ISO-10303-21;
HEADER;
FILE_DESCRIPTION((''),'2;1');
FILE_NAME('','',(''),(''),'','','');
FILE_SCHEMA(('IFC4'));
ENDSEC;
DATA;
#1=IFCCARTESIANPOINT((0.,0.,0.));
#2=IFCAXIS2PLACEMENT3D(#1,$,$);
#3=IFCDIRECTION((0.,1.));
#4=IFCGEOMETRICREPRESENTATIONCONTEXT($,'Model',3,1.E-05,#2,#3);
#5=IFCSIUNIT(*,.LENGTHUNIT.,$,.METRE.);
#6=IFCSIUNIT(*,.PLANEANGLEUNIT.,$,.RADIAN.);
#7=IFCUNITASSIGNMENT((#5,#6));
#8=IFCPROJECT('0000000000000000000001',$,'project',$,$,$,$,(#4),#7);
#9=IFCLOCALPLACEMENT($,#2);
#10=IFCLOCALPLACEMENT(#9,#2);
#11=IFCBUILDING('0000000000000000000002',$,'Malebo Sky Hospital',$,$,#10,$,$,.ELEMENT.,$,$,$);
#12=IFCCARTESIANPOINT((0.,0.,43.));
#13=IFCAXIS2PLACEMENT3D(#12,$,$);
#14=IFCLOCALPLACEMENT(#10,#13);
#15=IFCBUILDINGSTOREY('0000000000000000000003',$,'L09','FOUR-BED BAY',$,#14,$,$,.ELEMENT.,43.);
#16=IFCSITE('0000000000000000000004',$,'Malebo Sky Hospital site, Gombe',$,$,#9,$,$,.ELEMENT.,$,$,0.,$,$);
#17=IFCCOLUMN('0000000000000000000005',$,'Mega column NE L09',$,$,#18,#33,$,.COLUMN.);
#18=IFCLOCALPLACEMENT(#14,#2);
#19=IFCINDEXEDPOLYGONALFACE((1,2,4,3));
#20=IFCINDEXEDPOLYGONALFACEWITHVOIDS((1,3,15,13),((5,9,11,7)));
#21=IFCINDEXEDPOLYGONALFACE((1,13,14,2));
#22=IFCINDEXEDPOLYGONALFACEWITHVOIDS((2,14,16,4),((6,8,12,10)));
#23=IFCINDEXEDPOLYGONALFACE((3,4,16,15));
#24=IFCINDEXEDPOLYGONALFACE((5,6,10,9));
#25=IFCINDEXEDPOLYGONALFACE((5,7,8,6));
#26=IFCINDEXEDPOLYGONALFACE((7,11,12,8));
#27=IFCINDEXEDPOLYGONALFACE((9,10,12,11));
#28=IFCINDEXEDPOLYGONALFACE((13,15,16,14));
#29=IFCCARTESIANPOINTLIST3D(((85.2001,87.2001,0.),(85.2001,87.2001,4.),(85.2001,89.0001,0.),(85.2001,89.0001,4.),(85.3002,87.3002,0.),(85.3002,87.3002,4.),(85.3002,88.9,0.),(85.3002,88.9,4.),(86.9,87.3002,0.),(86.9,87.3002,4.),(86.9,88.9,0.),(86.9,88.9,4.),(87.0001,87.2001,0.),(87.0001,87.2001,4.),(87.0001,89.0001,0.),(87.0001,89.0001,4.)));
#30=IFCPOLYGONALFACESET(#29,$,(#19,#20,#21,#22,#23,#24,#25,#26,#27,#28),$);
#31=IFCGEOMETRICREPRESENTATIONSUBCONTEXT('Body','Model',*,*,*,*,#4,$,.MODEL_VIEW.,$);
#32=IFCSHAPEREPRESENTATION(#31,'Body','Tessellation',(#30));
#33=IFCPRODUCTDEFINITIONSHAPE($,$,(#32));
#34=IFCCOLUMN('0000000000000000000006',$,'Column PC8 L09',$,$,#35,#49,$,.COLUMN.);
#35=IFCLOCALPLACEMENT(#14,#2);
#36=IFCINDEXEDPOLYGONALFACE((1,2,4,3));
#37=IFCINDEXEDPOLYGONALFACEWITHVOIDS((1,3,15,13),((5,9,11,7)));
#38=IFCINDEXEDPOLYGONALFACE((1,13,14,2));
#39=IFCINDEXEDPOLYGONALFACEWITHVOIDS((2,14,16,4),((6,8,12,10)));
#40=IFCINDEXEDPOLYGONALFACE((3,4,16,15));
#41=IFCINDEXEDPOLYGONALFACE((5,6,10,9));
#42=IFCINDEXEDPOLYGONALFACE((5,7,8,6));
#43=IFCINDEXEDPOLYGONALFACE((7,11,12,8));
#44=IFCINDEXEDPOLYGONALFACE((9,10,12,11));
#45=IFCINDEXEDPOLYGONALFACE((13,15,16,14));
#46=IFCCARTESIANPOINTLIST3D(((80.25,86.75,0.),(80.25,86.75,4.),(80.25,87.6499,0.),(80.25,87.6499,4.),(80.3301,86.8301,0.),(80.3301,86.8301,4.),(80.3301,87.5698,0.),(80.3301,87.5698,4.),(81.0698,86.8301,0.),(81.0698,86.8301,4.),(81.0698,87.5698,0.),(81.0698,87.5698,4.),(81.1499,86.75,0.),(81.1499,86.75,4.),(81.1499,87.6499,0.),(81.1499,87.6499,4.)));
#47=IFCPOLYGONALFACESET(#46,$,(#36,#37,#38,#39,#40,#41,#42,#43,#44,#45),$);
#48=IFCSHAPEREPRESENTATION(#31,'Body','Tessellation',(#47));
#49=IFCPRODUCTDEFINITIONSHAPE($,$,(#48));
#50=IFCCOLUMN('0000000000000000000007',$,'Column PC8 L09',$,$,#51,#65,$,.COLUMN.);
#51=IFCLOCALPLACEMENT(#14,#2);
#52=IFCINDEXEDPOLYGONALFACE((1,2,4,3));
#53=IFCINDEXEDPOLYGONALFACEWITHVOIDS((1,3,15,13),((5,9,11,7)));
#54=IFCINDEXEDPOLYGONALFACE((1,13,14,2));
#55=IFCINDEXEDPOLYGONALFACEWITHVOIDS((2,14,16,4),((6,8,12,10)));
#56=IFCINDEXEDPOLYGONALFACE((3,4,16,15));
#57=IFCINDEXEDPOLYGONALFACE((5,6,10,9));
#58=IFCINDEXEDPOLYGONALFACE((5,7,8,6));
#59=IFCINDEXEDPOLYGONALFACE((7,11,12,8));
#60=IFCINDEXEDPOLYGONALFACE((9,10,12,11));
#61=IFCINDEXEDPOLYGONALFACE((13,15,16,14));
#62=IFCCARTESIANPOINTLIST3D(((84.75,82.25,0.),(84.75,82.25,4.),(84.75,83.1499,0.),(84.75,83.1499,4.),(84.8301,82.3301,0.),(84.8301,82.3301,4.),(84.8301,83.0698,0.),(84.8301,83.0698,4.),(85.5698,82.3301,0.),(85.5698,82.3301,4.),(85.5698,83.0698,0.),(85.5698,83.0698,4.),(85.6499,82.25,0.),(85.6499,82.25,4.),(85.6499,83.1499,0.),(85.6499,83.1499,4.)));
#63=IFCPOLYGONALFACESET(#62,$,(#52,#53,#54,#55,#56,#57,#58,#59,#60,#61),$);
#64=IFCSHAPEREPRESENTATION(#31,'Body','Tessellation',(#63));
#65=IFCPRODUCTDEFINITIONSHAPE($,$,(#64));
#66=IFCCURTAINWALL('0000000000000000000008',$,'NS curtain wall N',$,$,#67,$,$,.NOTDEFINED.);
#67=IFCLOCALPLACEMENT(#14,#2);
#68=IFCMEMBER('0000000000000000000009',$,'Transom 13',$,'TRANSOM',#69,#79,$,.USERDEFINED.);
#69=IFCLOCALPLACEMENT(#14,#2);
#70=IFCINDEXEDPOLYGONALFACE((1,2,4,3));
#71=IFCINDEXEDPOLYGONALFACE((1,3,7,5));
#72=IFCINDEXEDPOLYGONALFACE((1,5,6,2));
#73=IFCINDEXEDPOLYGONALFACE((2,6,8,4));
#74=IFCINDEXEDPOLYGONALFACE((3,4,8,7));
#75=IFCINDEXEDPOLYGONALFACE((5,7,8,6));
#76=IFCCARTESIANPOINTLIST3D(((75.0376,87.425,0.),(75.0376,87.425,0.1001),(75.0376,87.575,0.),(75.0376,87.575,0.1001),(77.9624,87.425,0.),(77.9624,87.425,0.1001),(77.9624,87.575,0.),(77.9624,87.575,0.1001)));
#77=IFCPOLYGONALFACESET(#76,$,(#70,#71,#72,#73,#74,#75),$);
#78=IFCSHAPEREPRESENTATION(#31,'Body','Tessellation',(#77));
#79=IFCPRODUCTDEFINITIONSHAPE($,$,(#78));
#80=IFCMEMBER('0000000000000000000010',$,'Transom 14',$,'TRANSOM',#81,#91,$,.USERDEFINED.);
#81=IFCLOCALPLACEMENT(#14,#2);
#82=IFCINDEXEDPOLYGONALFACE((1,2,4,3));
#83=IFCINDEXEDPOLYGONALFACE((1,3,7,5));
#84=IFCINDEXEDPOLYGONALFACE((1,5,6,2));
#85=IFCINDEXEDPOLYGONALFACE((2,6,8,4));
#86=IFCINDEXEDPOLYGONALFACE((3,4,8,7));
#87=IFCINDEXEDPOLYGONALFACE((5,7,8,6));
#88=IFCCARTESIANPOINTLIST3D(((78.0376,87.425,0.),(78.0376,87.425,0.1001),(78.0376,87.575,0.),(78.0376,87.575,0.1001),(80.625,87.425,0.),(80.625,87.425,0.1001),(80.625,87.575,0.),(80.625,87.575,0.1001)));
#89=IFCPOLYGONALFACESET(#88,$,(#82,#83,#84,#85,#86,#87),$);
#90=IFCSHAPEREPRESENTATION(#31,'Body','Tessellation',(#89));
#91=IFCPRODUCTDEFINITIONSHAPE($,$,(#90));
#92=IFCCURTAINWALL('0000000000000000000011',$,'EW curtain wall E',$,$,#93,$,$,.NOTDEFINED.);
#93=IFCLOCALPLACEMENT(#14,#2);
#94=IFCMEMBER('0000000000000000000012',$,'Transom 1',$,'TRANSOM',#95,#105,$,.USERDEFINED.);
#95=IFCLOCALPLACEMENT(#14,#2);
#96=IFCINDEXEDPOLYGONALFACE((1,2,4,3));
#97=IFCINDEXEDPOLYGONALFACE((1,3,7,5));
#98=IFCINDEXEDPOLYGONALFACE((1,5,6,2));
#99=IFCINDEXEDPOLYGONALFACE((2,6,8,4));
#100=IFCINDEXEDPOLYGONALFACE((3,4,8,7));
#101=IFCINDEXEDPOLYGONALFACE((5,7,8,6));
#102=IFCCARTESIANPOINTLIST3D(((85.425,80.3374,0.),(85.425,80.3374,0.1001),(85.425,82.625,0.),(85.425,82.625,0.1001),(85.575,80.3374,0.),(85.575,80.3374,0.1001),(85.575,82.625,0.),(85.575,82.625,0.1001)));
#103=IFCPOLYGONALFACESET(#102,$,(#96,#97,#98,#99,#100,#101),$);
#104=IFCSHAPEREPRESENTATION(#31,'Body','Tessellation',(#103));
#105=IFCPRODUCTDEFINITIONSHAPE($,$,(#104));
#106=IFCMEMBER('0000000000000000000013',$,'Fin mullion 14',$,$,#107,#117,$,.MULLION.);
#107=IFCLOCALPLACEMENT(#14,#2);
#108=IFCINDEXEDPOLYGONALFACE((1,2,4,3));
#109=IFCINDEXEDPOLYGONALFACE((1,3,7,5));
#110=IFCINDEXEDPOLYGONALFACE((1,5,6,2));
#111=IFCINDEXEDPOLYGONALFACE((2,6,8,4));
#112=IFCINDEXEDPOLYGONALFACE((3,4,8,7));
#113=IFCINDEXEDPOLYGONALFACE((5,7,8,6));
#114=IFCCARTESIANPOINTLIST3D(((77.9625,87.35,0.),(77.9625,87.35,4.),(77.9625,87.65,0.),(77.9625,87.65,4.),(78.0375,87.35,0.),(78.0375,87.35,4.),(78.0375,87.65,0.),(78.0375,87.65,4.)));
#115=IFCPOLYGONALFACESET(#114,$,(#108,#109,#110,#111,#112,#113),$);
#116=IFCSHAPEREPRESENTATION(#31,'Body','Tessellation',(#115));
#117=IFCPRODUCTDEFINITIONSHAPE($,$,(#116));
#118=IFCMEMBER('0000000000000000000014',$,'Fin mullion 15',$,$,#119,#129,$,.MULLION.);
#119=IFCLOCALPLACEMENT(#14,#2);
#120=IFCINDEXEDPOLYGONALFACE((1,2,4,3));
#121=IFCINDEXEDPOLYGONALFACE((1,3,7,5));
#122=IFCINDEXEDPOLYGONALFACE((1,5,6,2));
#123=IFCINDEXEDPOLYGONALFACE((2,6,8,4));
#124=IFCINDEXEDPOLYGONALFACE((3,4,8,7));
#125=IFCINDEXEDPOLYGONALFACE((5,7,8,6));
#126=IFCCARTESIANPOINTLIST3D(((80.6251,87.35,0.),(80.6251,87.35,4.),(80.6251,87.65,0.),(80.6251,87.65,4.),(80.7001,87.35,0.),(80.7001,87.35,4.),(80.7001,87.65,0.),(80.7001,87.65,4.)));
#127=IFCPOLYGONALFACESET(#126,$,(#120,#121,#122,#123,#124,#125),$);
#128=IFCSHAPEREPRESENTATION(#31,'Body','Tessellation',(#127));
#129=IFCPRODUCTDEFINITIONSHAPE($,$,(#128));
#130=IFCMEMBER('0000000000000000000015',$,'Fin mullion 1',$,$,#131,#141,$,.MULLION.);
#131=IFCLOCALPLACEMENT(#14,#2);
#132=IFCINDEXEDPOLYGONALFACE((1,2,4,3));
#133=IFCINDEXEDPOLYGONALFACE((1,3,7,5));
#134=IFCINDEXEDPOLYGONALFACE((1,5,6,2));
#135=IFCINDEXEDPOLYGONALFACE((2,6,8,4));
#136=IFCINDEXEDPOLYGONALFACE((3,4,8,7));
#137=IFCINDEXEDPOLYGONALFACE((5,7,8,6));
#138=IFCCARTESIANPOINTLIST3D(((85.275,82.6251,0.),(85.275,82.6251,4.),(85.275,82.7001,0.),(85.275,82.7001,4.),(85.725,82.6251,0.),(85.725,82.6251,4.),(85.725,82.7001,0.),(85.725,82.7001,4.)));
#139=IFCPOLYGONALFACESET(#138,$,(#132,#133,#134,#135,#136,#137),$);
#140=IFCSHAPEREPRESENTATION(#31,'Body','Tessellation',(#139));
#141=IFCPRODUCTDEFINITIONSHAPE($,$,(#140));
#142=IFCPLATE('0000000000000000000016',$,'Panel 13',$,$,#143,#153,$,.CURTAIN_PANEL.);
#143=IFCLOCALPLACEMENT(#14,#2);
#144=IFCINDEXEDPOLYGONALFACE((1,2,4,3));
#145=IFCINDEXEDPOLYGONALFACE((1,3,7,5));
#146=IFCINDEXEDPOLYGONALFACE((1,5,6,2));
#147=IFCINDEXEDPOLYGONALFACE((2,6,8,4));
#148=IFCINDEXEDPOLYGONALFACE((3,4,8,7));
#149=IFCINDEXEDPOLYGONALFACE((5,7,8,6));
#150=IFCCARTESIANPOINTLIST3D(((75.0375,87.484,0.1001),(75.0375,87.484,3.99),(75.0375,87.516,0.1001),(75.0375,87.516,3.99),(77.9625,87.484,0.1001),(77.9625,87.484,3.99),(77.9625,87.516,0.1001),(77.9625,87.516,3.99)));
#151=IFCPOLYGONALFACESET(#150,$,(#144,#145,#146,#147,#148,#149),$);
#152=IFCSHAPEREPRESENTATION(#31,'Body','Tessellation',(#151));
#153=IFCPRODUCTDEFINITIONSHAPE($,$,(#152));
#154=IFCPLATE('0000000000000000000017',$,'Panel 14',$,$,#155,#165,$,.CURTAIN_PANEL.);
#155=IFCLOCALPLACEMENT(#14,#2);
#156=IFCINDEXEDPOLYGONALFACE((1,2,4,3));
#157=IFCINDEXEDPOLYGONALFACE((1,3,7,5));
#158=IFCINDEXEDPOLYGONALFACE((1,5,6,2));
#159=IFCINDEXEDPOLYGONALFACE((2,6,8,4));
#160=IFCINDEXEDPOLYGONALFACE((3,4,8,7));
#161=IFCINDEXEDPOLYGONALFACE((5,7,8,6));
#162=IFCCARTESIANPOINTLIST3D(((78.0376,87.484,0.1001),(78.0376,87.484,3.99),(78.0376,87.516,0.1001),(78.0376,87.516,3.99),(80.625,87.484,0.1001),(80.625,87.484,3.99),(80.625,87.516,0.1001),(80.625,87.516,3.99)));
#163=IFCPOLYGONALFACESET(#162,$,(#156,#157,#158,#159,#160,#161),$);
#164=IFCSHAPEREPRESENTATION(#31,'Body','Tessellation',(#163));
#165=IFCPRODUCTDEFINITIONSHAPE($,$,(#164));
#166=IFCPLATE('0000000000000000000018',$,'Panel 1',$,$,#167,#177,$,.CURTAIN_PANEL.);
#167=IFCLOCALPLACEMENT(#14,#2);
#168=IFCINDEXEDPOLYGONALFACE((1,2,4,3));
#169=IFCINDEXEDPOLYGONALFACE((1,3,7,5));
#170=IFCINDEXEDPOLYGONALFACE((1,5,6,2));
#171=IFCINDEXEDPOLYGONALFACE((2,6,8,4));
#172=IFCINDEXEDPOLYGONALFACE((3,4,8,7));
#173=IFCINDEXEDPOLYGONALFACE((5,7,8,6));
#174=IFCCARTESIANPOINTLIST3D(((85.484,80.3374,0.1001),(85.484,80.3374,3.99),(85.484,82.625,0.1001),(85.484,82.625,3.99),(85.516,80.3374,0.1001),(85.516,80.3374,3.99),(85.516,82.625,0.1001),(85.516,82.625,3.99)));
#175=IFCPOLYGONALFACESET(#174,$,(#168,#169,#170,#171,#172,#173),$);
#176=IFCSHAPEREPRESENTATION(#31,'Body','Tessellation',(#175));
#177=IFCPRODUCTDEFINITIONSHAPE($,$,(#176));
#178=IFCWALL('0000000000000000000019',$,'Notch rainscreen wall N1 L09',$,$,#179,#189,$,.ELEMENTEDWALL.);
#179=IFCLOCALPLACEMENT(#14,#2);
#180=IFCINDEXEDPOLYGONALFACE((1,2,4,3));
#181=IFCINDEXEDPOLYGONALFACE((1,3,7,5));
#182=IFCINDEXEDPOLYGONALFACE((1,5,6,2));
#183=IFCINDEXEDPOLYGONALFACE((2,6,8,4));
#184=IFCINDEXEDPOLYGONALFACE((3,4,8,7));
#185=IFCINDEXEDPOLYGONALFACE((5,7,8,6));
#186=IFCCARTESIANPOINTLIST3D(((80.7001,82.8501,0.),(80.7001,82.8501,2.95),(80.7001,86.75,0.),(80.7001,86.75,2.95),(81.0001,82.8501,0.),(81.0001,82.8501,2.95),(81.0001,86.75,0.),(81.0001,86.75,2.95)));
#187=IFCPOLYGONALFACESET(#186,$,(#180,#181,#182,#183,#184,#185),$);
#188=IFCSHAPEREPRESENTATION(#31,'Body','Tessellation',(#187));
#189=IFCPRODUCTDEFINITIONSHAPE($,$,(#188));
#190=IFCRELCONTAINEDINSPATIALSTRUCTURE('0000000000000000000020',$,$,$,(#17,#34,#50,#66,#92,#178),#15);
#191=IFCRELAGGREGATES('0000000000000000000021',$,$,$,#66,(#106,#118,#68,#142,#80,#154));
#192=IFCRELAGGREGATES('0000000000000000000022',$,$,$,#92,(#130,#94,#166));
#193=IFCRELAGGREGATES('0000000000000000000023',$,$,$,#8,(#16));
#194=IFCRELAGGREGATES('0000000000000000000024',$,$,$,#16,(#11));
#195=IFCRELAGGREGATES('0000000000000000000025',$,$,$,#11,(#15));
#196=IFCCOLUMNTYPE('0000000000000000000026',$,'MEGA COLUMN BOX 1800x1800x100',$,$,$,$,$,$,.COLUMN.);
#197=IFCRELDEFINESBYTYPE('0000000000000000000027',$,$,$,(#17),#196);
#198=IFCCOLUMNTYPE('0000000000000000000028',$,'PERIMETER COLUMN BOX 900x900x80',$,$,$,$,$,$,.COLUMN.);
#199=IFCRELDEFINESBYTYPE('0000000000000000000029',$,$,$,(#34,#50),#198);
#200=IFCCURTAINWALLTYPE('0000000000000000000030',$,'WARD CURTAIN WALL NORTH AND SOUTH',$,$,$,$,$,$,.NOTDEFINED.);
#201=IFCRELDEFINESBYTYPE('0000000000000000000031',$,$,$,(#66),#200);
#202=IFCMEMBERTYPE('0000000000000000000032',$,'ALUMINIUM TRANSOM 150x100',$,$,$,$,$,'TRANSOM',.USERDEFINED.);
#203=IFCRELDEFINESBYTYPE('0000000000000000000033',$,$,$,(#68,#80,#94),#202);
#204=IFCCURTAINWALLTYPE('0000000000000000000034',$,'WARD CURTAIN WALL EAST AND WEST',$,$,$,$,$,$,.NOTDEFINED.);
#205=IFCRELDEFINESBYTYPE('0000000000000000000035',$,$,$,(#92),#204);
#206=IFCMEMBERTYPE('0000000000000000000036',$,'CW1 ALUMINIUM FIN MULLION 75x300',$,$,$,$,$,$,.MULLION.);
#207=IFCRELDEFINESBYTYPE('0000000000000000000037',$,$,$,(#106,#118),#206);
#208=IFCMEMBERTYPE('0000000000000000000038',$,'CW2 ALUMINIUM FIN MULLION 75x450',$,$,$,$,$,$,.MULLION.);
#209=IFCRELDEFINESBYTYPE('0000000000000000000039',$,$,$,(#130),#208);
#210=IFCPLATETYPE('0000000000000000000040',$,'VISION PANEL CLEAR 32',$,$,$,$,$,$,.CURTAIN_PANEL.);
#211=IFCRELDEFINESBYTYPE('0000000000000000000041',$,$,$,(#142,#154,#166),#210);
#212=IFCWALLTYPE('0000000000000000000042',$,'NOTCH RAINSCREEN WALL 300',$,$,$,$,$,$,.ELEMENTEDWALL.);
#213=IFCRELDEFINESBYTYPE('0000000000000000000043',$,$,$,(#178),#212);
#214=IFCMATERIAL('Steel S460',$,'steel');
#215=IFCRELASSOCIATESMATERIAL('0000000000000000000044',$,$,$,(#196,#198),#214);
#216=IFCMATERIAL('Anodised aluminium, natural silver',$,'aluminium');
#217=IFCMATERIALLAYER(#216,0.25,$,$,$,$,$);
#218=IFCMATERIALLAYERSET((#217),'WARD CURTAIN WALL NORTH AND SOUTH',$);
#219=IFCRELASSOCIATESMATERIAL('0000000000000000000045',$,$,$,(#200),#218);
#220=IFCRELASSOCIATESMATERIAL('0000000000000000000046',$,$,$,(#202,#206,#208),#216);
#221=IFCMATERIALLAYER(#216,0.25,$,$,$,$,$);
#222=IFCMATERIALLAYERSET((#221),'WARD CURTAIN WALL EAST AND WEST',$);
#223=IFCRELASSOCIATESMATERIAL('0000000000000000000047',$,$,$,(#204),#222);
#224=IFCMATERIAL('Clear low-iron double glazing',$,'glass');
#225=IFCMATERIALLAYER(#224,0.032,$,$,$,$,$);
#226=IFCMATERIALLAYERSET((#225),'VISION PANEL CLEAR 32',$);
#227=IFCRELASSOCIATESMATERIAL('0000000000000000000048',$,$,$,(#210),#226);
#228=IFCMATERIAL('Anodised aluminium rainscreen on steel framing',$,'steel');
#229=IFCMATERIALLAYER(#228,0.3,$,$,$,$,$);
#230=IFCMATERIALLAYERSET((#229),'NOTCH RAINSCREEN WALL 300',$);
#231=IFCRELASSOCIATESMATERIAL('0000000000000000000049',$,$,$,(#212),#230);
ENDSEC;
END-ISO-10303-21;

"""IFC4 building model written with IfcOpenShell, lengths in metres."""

from ifc_helpers import new_model, si_unit, direction, frame, frame_2d, origin, origin_2d, place, context, subcontext, project, spatial, rectangle, hollow_rectangle, extrude, material, layer, layer_set, material_profile, profile_set, type_object, element, aggregate, save


model = new_model("IFC4")

# Units and contexts
model_context = context("Model", 3, precision=1e-05, world=origin(), true_north=direction((0.0, 1.0)))
body_context = subcontext(model_context, "Body", "Model", "MODEL_VIEW")
ifc_project = project(units=[si_unit("LENGTHUNIT", "METRE"), si_unit("PLANEANGLEUNIT", "RADIAN")], contexts=[model_context])

# Site, building, storey
site_placement = place(None, origin())
site = spatial("IfcSite", under=ifc_project, at=site_placement, Name="Malebo Sky Hospital site, Gombe", CompositionType="ELEMENT", RefElevation=0.0)
building_placement = place(site_placement, origin())
building = spatial("IfcBuilding", under=site, at=building_placement, Name="Malebo Sky Hospital", CompositionType="ELEMENT")
storey_placement = place(building_placement, frame((0.0, 0.0, 43.0)))
storey = spatial("IfcBuildingStorey", under=building, at=storey_placement, Name="L09", Description="FOUR-BED BAY", CompositionType="ELEMENT", Elevation=43.0)

# Columns
ifc_material_1 = material(Name="Steel S460", Category="steel")
ifc_material_profile_1 = material_profile(ifc_material_1, hollow_rectangle(XDim=1.8, YDim=1.8, WallThickness=0.1001, at=origin_2d()), Name="BOX 1800x1800x100")
ifc_profile_set_1 = profile_set([ifc_material_profile_1], Name="Steel S460")
column_type_1 = type_object("IfcColumnType", Name="MEGA COLUMN BOX 1800x1800x100", PredefinedType="COLUMN", material=ifc_profile_set_1)
column_placement = place(storey_placement, frame((86.1001, 88.1001, 0.0), z_axis=(0.0, 0.0, 1.0), x_axis=(1.0, 0.0, 0.0)))
element("IfcColumn", 1, at=column_placement, inside=storey, type_object=column_type_1, Name="Mega column NE L09", PredefinedType="COLUMN", context=body_context, shape_type="SweptSolid", body=[
    extrude(hollow_rectangle(XDim=1.8, YDim=1.8, WallThickness=0.1001, at=origin_2d()), origin(), (0.0, 0.0, 1.0), 4.0),
])
ifc_material_profile_2 = material_profile(ifc_material_1, hollow_rectangle(XDim=0.8999, YDim=0.8999, WallThickness=0.0801, at=origin_2d()), Name="BOX 900x900x80")
ifc_profile_set_2 = profile_set([ifc_material_profile_2], Name="Steel S460")
column_type_2 = type_object("IfcColumnType", Name="PERIMETER COLUMN BOX 900x900x80", PredefinedType="COLUMN", material=ifc_profile_set_2)
for number, where, z_axis, x_axis, name in (
    (2, (80.7, 87.2, 0.0), (0.0, 0.0, 1.0), (1.0, 0.0, 0.0), "Column PC8 L09"),
    (3, (85.2, 82.7, 0.0), (0.0, 0.0, 1.0), (1.0, 0.0, 0.0), "Column PC8 L09"),
):
    element("IfcColumn", number, at=place(storey_placement, frame(where, z_axis=z_axis, x_axis=x_axis)), inside=storey, type_object=column_type_2, Name=name, PredefinedType="COLUMN", context=body_context, shape_type="SweptSolid", body=[
        extrude(hollow_rectangle(XDim=0.8999, YDim=0.8999, WallThickness=0.0801, at=origin_2d()), origin(), (0.0, 0.0, 1.0), 4.0),
    ])

# Curtain wall, members
ifc_material_2 = material(Name="Anodised aluminium, natural silver", Category="aluminium")
ifc_layer_1 = layer(ifc_material_2, 0.25)
ifc_layer_set_1 = layer_set([ifc_layer_1], Name="WARD CURTAIN WALL NORTH AND SOUTH")
curtain_wall_type_1 = type_object("IfcCurtainWallType", Name="WARD CURTAIN WALL NORTH AND SOUTH", PredefinedType="NOTDEFINED", material=ifc_layer_set_1)
curtain_wall_1_placement = place(storey_placement, origin())
curtain_wall_1 = element("IfcCurtainWall", 4, at=curtain_wall_1_placement, inside=storey, type_object=curtain_wall_type_1, Name="NS curtain wall N", PredefinedType="NOTDEFINED")
ifc_material_profile_3 = material_profile(ifc_material_2, rectangle(XDim=0.1499, YDim=0.1001, at=origin_2d()), Name="ALUMINIUM TRANSOM 150x100")
ifc_profile_set_3 = profile_set([ifc_material_profile_3], Name="Anodised aluminium, natural silver")
member_type_1 = type_object("IfcMemberType", Name="ALUMINIUM TRANSOM 150x100", ElementType="TRANSOM", PredefinedType="USERDEFINED", material=ifc_profile_set_3)
member_1_placement = place(storey_placement, frame((75.0376, 87.5, 0.05), z_axis=(1.0, 0.0, 0.0), x_axis=(0.0, 1.0, 0.0)))
member_1 = element("IfcMember", 5, at=member_1_placement, type_object=member_type_1, Name="Transom 13", ObjectType="TRANSOM", PredefinedType="USERDEFINED", context=body_context, shape_type="SweptSolid", body=[
    extrude(rectangle(XDim=0.1499, YDim=0.1001, at=origin_2d()), origin(), (0.0, 0.0, 1.0), 2.9248),
])
member_2_placement = place(storey_placement, frame((78.0376, 87.5, 0.05), z_axis=(1.0, 0.0, 0.0), x_axis=(0.0, 1.0, 0.0)))
member_2 = element("IfcMember", 6, at=member_2_placement, type_object=member_type_1, Name="Transom 14", ObjectType="TRANSOM", PredefinedType="USERDEFINED", context=body_context, shape_type="SweptSolid", body=[
    extrude(rectangle(XDim=0.1499, YDim=0.1001, at=origin_2d()), origin(), (0.0, 0.0, 1.0), 2.5874),
])

# Curtain wall, member
ifc_layer_2 = layer(ifc_material_2, 0.25)
ifc_layer_set_2 = layer_set([ifc_layer_2], Name="WARD CURTAIN WALL EAST AND WEST")
curtain_wall_type_2 = type_object("IfcCurtainWallType", Name="WARD CURTAIN WALL EAST AND WEST", PredefinedType="NOTDEFINED", material=ifc_layer_set_2)
curtain_wall_2_placement = place(storey_placement, origin())
curtain_wall_2 = element("IfcCurtainWall", 7, at=curtain_wall_2_placement, inside=storey, type_object=curtain_wall_type_2, Name="EW curtain wall E", PredefinedType="NOTDEFINED")
member_3_placement = place(storey_placement, frame((85.5, 82.625, 0.05), z_axis=(0.0, -1.0, 0.0), x_axis=(1.0, 0.0, 0.0)))
member_3 = element("IfcMember", 8, at=member_3_placement, type_object=member_type_1, Name="Transom 1", ObjectType="TRANSOM", PredefinedType="USERDEFINED", context=body_context, shape_type="SweptSolid", body=[
    extrude(rectangle(XDim=0.1499, YDim=0.1001, at=origin_2d()), origin(), (0.0, 0.0, 1.0), 2.2876),
])

# Members
ifc_material_profile_4 = material_profile(ifc_material_2, rectangle(XDim=0.075, YDim=0.3, at=origin_2d()), Name="CW1 ALUMINIUM FIN MULLION 75x300")
ifc_profile_set_4 = profile_set([ifc_material_profile_4], Name="Anodised aluminium, natural silver")
member_type_2 = type_object("IfcMemberType", Name="CW1 ALUMINIUM FIN MULLION 75x300", PredefinedType="MULLION", material=ifc_profile_set_4)
member_4_placement = place(storey_placement, frame((78.0, 87.5, 0.0), z_axis=(0.0, 0.0, 1.0), x_axis=(1.0, 0.0, 0.0)))
member_4 = element("IfcMember", 9, at=member_4_placement, type_object=member_type_2, Name="Fin mullion 14", PredefinedType="MULLION", context=body_context, shape_type="SweptSolid", body=[
    extrude(rectangle(XDim=0.075, YDim=0.3, at=origin_2d()), origin(), (0.0, 0.0, 1.0), 4.0),
])
member_5_placement = place(storey_placement, frame((80.6626, 87.5, 0.0), z_axis=(0.0, 0.0, 1.0), x_axis=(1.0, 0.0, 0.0)))
member_5 = element("IfcMember", 10, at=member_5_placement, type_object=member_type_2, Name="Fin mullion 15", PredefinedType="MULLION", context=body_context, shape_type="SweptSolid", body=[
    extrude(rectangle(XDim=0.075, YDim=0.3, at=origin_2d()), origin(), (0.0, 0.0, 1.0), 4.0),
])
ifc_material_profile_5 = material_profile(ifc_material_2, rectangle(XDim=0.075, YDim=0.45, at=origin_2d()), Name="CW2 ALUMINIUM FIN MULLION 75x450")
ifc_profile_set_5 = profile_set([ifc_material_profile_5], Name="Anodised aluminium, natural silver")
member_type_3 = type_object("IfcMemberType", Name="CW2 ALUMINIUM FIN MULLION 75x450", PredefinedType="MULLION", material=ifc_profile_set_5)
member_6_placement = place(storey_placement, frame((85.5, 82.6626, 0.0), z_axis=(0.0, 0.0, 1.0), x_axis=(0.0, -1.0, 0.0)))
member_6 = element("IfcMember", 11, at=member_6_placement, type_object=member_type_3, Name="Fin mullion 1", PredefinedType="MULLION", context=body_context, shape_type="SweptSolid", body=[
    extrude(rectangle(XDim=0.075, YDim=0.45, at=origin_2d()), origin(), (0.0, 0.0, 1.0), 4.0),
])

# Plates
ifc_material_3 = material(Name="Clear low-iron double glazing", Category="glass")
ifc_layer_3 = layer(ifc_material_3, 0.032)
ifc_layer_set_3 = layer_set([ifc_layer_3], Name="VISION PANEL CLEAR 32")
plate_type = type_object("IfcPlateType", Name="VISION PANEL CLEAR 32", PredefinedType="CURTAIN_PANEL", material=ifc_layer_set_3)
plate_1_placement = place(storey_placement, frame((76.5, 87.5, 0.1001), z_axis=(0.0, 0.0, 1.0), x_axis=(1.0, 0.0, 0.0)))
plate_1 = element("IfcPlate", 12, at=plate_1_placement, type_object=plate_type, Name="Panel 13", PredefinedType="CURTAIN_PANEL", context=body_context, shape_type="SweptSolid", body=[
    extrude(rectangle(XDim=2.925, YDim=0.032, at=origin_2d()), origin(), (0.0, 0.0, 1.0), 3.8899),
])
plate_2_placement = place(storey_placement, frame((79.3313, 87.5, 0.1001), z_axis=(0.0, 0.0, 1.0), x_axis=(1.0, 0.0, 0.0)))
plate_2 = element("IfcPlate", 13, at=plate_2_placement, type_object=plate_type, Name="Panel 14", PredefinedType="CURTAIN_PANEL", context=body_context, shape_type="SweptSolid", body=[
    extrude(rectangle(XDim=2.5874, YDim=0.032, at=origin_2d()), origin(), (0.0, 0.0, 1.0), 3.8899),
])
aggregate(curtain_wall_1, [member_4, member_5, member_1, plate_1, member_2, plate_2])
plate_3_placement = place(storey_placement, frame((85.5, 81.4812, 0.1001), z_axis=(0.0, 0.0, 1.0), x_axis=(0.0, -1.0, 0.0)))
plate_3 = element("IfcPlate", 14, at=plate_3_placement, type_object=plate_type, Name="Panel 1", PredefinedType="CURTAIN_PANEL", context=body_context, shape_type="SweptSolid", body=[
    extrude(rectangle(XDim=2.2876, YDim=0.032, at=origin_2d()), origin(), (0.0, 0.0, 1.0), 3.8899),
])
aggregate(curtain_wall_2, [member_6, member_3, plate_3])

# Wall
ifc_material_4 = material(Name="Anodised aluminium rainscreen on steel framing", Category="steel")
ifc_layer_4 = layer(ifc_material_4, 0.3)
ifc_layer_set_4 = layer_set([ifc_layer_4], Name="NOTCH RAINSCREEN WALL 300")
wall_type_1 = type_object("IfcWallType", Name="NOTCH RAINSCREEN WALL 300", PredefinedType="ELEMENTEDWALL", material=ifc_layer_set_4)
for number, where, z_axis, x_axis, name in (
    (15, (80.8501, 86.75, 0.0), (0.0, 0.0, 1.0), (0.0, -1.0, 0.0), "Notch rainscreen wall N1 L09"),
):
    element("IfcWall", number, at=place(storey_placement, frame(where, z_axis=z_axis, x_axis=x_axis)), inside=storey, type_object=wall_type_1, Name=name, PredefinedType="ELEMENTEDWALL", context=body_context, shape_type="SweptSolid", body=[
        extrude(rectangle(XDim=3.8999, YDim=0.3, at=frame_2d((1.95, 0.0))), origin(), (0.0, 0.0, 1.0), 2.95),
    ])

save(model, "model.ifc")
